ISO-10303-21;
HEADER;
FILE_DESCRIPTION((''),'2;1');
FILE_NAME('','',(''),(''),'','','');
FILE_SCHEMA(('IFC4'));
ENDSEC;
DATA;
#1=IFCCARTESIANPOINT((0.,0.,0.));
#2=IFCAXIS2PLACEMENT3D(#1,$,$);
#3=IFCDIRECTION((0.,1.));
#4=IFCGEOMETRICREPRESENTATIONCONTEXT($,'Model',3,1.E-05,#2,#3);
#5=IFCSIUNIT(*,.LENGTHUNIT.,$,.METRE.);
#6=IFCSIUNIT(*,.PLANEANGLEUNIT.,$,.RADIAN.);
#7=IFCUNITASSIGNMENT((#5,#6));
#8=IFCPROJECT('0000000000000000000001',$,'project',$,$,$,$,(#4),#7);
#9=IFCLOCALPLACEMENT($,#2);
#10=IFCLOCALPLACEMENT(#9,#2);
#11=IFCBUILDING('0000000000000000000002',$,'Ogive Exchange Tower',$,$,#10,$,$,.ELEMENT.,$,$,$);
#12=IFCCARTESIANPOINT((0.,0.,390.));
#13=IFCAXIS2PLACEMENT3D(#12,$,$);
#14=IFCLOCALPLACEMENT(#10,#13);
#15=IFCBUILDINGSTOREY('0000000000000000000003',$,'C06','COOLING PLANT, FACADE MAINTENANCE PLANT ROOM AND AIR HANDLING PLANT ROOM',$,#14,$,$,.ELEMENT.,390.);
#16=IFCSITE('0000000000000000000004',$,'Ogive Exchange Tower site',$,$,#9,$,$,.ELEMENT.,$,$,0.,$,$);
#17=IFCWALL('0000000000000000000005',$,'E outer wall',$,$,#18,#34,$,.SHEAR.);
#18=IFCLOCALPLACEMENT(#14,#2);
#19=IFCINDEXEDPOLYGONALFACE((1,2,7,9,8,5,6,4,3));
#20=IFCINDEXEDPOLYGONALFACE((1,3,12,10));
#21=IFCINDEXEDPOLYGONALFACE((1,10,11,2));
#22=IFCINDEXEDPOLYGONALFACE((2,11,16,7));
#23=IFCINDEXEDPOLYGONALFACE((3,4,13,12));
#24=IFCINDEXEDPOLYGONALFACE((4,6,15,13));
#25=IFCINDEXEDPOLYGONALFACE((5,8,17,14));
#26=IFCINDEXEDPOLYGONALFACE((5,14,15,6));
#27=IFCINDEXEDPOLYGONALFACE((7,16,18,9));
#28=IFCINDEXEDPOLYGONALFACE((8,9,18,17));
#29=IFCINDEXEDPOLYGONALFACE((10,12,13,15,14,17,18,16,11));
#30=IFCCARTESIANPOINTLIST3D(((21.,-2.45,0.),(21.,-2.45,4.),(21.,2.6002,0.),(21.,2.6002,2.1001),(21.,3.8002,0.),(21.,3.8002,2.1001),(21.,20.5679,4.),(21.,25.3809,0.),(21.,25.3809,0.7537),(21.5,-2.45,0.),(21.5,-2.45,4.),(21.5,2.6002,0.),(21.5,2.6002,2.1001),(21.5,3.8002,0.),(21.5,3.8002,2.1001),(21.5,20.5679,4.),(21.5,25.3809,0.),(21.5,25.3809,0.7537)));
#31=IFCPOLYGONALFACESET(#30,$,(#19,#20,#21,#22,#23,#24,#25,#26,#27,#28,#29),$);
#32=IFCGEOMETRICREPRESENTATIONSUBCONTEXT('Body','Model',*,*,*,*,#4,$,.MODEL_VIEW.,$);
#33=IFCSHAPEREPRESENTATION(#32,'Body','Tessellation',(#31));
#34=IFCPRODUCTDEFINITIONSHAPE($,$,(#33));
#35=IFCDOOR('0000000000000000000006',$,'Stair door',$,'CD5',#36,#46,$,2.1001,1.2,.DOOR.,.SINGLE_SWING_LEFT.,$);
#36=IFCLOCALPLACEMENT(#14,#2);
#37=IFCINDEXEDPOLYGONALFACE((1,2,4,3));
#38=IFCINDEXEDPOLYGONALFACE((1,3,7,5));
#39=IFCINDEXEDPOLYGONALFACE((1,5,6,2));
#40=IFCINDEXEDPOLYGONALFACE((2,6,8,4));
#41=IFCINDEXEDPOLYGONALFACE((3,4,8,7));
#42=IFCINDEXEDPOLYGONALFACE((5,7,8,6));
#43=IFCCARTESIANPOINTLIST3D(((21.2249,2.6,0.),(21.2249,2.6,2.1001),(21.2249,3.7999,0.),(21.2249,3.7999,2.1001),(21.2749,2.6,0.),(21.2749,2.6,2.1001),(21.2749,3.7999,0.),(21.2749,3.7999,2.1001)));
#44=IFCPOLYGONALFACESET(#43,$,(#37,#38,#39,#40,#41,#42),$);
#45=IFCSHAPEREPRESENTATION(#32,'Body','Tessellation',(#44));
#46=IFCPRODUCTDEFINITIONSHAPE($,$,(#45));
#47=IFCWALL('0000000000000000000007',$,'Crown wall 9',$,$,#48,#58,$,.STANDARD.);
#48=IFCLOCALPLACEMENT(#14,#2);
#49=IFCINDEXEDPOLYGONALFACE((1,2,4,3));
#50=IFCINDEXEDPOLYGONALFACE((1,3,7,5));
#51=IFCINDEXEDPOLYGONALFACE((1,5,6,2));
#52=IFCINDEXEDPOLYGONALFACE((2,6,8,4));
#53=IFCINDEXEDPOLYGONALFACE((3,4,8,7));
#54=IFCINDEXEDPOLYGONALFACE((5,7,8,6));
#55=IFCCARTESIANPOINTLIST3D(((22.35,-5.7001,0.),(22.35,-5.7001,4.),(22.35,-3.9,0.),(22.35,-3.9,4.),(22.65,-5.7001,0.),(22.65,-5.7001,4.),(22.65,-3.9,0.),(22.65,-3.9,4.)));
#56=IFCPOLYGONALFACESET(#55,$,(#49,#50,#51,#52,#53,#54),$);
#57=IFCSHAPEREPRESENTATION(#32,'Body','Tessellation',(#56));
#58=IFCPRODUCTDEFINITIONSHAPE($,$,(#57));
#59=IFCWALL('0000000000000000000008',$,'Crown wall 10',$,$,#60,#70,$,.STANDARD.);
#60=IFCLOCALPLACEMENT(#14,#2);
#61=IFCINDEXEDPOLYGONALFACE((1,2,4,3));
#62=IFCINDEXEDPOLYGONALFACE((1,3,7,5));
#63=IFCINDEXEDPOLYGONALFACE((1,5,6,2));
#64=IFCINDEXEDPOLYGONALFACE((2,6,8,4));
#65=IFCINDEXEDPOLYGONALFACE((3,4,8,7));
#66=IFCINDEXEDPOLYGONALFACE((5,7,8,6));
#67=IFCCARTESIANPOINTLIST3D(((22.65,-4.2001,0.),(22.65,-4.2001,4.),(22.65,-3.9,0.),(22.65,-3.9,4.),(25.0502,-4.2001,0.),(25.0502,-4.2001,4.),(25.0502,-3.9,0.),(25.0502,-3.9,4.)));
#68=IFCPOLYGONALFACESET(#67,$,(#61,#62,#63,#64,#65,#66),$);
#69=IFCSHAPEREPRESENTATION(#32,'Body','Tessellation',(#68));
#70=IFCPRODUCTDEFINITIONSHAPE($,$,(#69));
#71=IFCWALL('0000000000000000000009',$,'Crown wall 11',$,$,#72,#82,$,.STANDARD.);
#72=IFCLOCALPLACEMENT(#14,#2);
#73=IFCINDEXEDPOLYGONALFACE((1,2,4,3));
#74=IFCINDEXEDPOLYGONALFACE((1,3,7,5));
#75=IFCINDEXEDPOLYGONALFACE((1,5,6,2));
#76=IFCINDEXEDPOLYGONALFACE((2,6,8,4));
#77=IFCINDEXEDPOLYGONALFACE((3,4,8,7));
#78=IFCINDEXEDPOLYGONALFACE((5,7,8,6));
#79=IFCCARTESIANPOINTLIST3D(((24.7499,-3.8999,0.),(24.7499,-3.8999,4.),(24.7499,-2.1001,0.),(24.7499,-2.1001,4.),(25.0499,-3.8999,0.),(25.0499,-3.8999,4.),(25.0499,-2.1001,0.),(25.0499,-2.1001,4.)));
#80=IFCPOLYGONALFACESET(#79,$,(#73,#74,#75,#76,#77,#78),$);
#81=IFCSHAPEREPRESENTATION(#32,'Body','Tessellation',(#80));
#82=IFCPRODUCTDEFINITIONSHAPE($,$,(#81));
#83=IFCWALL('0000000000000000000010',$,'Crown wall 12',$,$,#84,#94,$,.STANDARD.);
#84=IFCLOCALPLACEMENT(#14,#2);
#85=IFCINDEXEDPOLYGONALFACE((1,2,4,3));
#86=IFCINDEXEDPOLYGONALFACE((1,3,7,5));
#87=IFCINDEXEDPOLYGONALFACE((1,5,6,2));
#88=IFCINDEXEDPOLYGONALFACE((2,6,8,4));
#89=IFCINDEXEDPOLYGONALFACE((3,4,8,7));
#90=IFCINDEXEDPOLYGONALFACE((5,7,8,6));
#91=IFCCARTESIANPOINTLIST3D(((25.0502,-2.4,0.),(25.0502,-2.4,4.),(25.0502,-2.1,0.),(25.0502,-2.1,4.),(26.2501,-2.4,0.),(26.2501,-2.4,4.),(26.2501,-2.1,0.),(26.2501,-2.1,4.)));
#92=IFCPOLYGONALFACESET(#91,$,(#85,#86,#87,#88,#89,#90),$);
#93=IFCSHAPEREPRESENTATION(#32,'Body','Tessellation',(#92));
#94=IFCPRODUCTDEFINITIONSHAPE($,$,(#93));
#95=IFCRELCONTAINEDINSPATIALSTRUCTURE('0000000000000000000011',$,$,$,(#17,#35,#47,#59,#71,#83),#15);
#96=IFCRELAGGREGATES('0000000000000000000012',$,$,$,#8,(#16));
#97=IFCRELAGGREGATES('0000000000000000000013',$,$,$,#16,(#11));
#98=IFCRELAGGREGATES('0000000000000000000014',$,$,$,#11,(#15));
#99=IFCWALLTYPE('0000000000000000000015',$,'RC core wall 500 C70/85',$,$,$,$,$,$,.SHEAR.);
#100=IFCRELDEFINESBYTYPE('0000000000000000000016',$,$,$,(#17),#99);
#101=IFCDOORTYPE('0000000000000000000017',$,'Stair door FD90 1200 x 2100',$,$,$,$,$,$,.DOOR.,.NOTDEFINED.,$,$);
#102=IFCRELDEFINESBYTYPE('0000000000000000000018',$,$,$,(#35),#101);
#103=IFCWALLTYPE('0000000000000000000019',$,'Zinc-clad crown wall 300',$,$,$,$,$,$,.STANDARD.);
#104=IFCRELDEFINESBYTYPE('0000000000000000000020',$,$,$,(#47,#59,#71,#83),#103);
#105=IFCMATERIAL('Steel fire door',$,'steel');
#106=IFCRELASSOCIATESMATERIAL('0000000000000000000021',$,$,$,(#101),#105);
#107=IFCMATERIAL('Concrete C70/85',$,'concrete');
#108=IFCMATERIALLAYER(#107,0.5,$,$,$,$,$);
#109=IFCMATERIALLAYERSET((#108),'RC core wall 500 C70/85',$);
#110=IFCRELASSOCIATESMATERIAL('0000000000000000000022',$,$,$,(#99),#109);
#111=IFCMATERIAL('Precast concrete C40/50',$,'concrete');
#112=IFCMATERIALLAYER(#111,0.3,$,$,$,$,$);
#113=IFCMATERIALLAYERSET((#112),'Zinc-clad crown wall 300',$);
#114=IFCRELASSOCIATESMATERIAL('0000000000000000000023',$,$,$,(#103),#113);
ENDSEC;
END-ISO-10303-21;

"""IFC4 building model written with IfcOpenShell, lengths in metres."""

from ifc_helpers import new_model, si_unit, direction, frame, frame_2d, origin, place, context, subcontext, project, spatial, polyline, rectangle, outline, extrude, material, layer, layer_set, type_object, element, fill, save


model = new_model("IFC4")

# Units and contexts
model_context = context("Model", 3, precision=1e-05, world=origin(), true_north=direction((0.0, 1.0)))
body_context = subcontext(model_context, "Body", "Model", "MODEL_VIEW")
ifc_project = project(units=[si_unit("LENGTHUNIT", "METRE"), si_unit("PLANEANGLEUNIT", "RADIAN")], contexts=[model_context])

# Site, building, storey
site_placement = place(None, origin())
site = spatial("IfcSite", under=ifc_project, at=site_placement, Name="Ogive Exchange Tower site", CompositionType="ELEMENT", RefElevation=0.0)
building_placement = place(site_placement, origin())
building = spatial("IfcBuilding", under=site, at=building_placement, Name="Ogive Exchange Tower", CompositionType="ELEMENT")
storey_placement = place(building_placement, frame((0.0, 0.0, 390.0)))
storey = spatial("IfcBuildingStorey", under=building, at=storey_placement, Name="C06", Description="COOLING PLANT, FACADE MAINTENANCE PLANT ROOM AND AIR HANDLING PLANT ROOM", CompositionType="ELEMENT", Elevation=390.0)

# Shared definitions
ifc_material_1 = material(Name="Concrete C70/85", Category="concrete")
ifc_material_2 = material(Name="Steel fire door", Category="steel")
door_type_1 = type_object("IfcDoorType", Name="Stair door FD90 1200 x 2100", OperationType="NOTDEFINED", PredefinedType="DOOR", material=ifc_material_2)

# Wall, opening, door
ifc_layer_1 = layer(ifc_material_1, 0.5)
ifc_layer_set_1 = layer_set([ifc_layer_1], Name="RC core wall 500 C70/85")
wall_type_1 = type_object("IfcWallType", Name="RC core wall 500 C70/85", PredefinedType="SHEAR", material=ifc_layer_set_1)
wall_1_placement = place(storey_placement, frame((21.25, -2.45, 0.0), z_axis=(0.0, 0.0, 1.0), x_axis=(0.0, 1.0, 0.0)))
wall_1 = element("IfcWall", 1, at=wall_1_placement, inside=storey, type_object=wall_type_1, Name="E outer wall", PredefinedType="SHEAR", context=body_context, shape_type="SweptSolid", body=[
    extrude(outline(polyline([(0.0, 0.0), (27.8308, 0.0), (27.8308, 0.7537), (23.0178, 4.0), (0.0, 4.0), (0.0, 0.0)])), frame((0.0, 0.25, 0.0), z_axis=(0.0, -1.0, 0.0), x_axis=(1.0, 0.0, 0.0)), (0.0, 0.0, 1.0), 0.5),
])
opening_1_placement = place(wall_1_placement, frame((5.05, 0.0, 0.0)))
opening_1 = element("IfcOpeningElement", 2, at=opening_1_placement, cuts=wall_1, PredefinedType="OPENING", context=body_context, shape_type="SweptSolid", body=[
    extrude(rectangle(XDim=1.2, YDim=2.1001, at=frame_2d((0.6001, 1.05))), frame((0.0, 0.26, 0.0), z_axis=(0.0, -1.0, 0.0), x_axis=(1.0, 0.0, 0.0)), (0.0, 0.0, 1.0), 0.52),
])
door_1_placement = place(opening_1_placement, frame((1.2, 0.0, 0.0), z_axis=(0.0, 0.0, 1.0), x_axis=(-1.0, 0.0, 0.0)))
door_1 = element("IfcDoor", 3, at=door_1_placement, inside=storey, type_object=door_type_1, Name="Stair door", ObjectType="CD5", OperationType="SINGLE_SWING_LEFT", OverallHeight=2.1001, OverallWidth=1.2, PredefinedType="DOOR", context=body_context, shape_type="SweptSolid", body=[
    extrude(rectangle(XDim=1.2, YDim=2.1001, at=frame_2d((0.6001, 1.05))), frame((0.0, 0.0249, 0.0), z_axis=(0.0, -1.0, 0.0), x_axis=(1.0, 0.0, 0.0)), (0.0, 0.0, 1.0), 0.05),
])
fill(opening_1, door_1)

# Walls
ifc_material_3 = material(Name="Precast concrete C40/50", Category="concrete")
ifc_layer_2 = layer(ifc_material_3, 0.3)
ifc_layer_set_2 = layer_set([ifc_layer_2], Name="Zinc-clad crown wall 300")
wall_type_2 = type_object("IfcWallType", Name="Zinc-clad crown wall 300", PredefinedType="STANDARD", material=ifc_layer_set_2)
wall_2_placement = place(storey_placement, frame((22.5, -5.7, 0.0), z_axis=(0.0, 0.0, 1.0), x_axis=(0.0, 1.0, 0.0)))
element("IfcWall", 4, at=wall_2_placement, inside=storey, type_object=wall_type_2, Name="Crown wall 9", PredefinedType="STANDARD", context=body_context, shape_type="SweptSolid", body=[
    extrude(rectangle(XDim=1.8, YDim=0.3, at=frame_2d((0.8999, 0.0))), origin(), (0.0, 0.0, 1.0), 4.0),
])
wall_3_placement = place(storey_placement, frame((22.6499, -4.05, 0.0), z_axis=(0.0, 0.0, 1.0), x_axis=(1.0, 0.0, 0.0)))
element("IfcWall", 5, at=wall_3_placement, inside=storey, type_object=wall_type_2, Name="Crown wall 10", PredefinedType="STANDARD", context=body_context, shape_type="SweptSolid", body=[
    extrude(rectangle(XDim=2.4001, YDim=0.3, at=frame_2d((1.2002, 0.0))), origin(), (0.0, 0.0, 1.0), 4.0),
])
wall_4_placement = place(storey_placement, frame((24.8999, -3.8999, 0.0), z_axis=(0.0, 0.0, 1.0), x_axis=(0.0, 1.0, 0.0)))
element("IfcWall", 6, at=wall_4_placement, inside=storey, type_object=wall_type_2, Name="Crown wall 11", PredefinedType="STANDARD", context=body_context, shape_type="SweptSolid", body=[
    extrude(rectangle(XDim=1.7998, YDim=0.3, at=frame_2d((0.8999, 0.0))), origin(), (0.0, 0.0, 1.0), 4.0),
])
wall_5_placement = place(storey_placement, frame((25.05, -2.25, 0.0), z_axis=(0.0, 0.0, 1.0), x_axis=(1.0, 0.0, 0.0)))
element("IfcWall", 7, at=wall_5_placement, inside=storey, type_object=wall_type_2, Name="Crown wall 12", PredefinedType="STANDARD", context=body_context, shape_type="SweptSolid", body=[
    extrude(rectangle(XDim=1.2, YDim=0.3, at=frame_2d((0.6001, 0.0))), origin(), (0.0, 0.0, 1.0), 4.0),
])

save(model, "model.ifc")
